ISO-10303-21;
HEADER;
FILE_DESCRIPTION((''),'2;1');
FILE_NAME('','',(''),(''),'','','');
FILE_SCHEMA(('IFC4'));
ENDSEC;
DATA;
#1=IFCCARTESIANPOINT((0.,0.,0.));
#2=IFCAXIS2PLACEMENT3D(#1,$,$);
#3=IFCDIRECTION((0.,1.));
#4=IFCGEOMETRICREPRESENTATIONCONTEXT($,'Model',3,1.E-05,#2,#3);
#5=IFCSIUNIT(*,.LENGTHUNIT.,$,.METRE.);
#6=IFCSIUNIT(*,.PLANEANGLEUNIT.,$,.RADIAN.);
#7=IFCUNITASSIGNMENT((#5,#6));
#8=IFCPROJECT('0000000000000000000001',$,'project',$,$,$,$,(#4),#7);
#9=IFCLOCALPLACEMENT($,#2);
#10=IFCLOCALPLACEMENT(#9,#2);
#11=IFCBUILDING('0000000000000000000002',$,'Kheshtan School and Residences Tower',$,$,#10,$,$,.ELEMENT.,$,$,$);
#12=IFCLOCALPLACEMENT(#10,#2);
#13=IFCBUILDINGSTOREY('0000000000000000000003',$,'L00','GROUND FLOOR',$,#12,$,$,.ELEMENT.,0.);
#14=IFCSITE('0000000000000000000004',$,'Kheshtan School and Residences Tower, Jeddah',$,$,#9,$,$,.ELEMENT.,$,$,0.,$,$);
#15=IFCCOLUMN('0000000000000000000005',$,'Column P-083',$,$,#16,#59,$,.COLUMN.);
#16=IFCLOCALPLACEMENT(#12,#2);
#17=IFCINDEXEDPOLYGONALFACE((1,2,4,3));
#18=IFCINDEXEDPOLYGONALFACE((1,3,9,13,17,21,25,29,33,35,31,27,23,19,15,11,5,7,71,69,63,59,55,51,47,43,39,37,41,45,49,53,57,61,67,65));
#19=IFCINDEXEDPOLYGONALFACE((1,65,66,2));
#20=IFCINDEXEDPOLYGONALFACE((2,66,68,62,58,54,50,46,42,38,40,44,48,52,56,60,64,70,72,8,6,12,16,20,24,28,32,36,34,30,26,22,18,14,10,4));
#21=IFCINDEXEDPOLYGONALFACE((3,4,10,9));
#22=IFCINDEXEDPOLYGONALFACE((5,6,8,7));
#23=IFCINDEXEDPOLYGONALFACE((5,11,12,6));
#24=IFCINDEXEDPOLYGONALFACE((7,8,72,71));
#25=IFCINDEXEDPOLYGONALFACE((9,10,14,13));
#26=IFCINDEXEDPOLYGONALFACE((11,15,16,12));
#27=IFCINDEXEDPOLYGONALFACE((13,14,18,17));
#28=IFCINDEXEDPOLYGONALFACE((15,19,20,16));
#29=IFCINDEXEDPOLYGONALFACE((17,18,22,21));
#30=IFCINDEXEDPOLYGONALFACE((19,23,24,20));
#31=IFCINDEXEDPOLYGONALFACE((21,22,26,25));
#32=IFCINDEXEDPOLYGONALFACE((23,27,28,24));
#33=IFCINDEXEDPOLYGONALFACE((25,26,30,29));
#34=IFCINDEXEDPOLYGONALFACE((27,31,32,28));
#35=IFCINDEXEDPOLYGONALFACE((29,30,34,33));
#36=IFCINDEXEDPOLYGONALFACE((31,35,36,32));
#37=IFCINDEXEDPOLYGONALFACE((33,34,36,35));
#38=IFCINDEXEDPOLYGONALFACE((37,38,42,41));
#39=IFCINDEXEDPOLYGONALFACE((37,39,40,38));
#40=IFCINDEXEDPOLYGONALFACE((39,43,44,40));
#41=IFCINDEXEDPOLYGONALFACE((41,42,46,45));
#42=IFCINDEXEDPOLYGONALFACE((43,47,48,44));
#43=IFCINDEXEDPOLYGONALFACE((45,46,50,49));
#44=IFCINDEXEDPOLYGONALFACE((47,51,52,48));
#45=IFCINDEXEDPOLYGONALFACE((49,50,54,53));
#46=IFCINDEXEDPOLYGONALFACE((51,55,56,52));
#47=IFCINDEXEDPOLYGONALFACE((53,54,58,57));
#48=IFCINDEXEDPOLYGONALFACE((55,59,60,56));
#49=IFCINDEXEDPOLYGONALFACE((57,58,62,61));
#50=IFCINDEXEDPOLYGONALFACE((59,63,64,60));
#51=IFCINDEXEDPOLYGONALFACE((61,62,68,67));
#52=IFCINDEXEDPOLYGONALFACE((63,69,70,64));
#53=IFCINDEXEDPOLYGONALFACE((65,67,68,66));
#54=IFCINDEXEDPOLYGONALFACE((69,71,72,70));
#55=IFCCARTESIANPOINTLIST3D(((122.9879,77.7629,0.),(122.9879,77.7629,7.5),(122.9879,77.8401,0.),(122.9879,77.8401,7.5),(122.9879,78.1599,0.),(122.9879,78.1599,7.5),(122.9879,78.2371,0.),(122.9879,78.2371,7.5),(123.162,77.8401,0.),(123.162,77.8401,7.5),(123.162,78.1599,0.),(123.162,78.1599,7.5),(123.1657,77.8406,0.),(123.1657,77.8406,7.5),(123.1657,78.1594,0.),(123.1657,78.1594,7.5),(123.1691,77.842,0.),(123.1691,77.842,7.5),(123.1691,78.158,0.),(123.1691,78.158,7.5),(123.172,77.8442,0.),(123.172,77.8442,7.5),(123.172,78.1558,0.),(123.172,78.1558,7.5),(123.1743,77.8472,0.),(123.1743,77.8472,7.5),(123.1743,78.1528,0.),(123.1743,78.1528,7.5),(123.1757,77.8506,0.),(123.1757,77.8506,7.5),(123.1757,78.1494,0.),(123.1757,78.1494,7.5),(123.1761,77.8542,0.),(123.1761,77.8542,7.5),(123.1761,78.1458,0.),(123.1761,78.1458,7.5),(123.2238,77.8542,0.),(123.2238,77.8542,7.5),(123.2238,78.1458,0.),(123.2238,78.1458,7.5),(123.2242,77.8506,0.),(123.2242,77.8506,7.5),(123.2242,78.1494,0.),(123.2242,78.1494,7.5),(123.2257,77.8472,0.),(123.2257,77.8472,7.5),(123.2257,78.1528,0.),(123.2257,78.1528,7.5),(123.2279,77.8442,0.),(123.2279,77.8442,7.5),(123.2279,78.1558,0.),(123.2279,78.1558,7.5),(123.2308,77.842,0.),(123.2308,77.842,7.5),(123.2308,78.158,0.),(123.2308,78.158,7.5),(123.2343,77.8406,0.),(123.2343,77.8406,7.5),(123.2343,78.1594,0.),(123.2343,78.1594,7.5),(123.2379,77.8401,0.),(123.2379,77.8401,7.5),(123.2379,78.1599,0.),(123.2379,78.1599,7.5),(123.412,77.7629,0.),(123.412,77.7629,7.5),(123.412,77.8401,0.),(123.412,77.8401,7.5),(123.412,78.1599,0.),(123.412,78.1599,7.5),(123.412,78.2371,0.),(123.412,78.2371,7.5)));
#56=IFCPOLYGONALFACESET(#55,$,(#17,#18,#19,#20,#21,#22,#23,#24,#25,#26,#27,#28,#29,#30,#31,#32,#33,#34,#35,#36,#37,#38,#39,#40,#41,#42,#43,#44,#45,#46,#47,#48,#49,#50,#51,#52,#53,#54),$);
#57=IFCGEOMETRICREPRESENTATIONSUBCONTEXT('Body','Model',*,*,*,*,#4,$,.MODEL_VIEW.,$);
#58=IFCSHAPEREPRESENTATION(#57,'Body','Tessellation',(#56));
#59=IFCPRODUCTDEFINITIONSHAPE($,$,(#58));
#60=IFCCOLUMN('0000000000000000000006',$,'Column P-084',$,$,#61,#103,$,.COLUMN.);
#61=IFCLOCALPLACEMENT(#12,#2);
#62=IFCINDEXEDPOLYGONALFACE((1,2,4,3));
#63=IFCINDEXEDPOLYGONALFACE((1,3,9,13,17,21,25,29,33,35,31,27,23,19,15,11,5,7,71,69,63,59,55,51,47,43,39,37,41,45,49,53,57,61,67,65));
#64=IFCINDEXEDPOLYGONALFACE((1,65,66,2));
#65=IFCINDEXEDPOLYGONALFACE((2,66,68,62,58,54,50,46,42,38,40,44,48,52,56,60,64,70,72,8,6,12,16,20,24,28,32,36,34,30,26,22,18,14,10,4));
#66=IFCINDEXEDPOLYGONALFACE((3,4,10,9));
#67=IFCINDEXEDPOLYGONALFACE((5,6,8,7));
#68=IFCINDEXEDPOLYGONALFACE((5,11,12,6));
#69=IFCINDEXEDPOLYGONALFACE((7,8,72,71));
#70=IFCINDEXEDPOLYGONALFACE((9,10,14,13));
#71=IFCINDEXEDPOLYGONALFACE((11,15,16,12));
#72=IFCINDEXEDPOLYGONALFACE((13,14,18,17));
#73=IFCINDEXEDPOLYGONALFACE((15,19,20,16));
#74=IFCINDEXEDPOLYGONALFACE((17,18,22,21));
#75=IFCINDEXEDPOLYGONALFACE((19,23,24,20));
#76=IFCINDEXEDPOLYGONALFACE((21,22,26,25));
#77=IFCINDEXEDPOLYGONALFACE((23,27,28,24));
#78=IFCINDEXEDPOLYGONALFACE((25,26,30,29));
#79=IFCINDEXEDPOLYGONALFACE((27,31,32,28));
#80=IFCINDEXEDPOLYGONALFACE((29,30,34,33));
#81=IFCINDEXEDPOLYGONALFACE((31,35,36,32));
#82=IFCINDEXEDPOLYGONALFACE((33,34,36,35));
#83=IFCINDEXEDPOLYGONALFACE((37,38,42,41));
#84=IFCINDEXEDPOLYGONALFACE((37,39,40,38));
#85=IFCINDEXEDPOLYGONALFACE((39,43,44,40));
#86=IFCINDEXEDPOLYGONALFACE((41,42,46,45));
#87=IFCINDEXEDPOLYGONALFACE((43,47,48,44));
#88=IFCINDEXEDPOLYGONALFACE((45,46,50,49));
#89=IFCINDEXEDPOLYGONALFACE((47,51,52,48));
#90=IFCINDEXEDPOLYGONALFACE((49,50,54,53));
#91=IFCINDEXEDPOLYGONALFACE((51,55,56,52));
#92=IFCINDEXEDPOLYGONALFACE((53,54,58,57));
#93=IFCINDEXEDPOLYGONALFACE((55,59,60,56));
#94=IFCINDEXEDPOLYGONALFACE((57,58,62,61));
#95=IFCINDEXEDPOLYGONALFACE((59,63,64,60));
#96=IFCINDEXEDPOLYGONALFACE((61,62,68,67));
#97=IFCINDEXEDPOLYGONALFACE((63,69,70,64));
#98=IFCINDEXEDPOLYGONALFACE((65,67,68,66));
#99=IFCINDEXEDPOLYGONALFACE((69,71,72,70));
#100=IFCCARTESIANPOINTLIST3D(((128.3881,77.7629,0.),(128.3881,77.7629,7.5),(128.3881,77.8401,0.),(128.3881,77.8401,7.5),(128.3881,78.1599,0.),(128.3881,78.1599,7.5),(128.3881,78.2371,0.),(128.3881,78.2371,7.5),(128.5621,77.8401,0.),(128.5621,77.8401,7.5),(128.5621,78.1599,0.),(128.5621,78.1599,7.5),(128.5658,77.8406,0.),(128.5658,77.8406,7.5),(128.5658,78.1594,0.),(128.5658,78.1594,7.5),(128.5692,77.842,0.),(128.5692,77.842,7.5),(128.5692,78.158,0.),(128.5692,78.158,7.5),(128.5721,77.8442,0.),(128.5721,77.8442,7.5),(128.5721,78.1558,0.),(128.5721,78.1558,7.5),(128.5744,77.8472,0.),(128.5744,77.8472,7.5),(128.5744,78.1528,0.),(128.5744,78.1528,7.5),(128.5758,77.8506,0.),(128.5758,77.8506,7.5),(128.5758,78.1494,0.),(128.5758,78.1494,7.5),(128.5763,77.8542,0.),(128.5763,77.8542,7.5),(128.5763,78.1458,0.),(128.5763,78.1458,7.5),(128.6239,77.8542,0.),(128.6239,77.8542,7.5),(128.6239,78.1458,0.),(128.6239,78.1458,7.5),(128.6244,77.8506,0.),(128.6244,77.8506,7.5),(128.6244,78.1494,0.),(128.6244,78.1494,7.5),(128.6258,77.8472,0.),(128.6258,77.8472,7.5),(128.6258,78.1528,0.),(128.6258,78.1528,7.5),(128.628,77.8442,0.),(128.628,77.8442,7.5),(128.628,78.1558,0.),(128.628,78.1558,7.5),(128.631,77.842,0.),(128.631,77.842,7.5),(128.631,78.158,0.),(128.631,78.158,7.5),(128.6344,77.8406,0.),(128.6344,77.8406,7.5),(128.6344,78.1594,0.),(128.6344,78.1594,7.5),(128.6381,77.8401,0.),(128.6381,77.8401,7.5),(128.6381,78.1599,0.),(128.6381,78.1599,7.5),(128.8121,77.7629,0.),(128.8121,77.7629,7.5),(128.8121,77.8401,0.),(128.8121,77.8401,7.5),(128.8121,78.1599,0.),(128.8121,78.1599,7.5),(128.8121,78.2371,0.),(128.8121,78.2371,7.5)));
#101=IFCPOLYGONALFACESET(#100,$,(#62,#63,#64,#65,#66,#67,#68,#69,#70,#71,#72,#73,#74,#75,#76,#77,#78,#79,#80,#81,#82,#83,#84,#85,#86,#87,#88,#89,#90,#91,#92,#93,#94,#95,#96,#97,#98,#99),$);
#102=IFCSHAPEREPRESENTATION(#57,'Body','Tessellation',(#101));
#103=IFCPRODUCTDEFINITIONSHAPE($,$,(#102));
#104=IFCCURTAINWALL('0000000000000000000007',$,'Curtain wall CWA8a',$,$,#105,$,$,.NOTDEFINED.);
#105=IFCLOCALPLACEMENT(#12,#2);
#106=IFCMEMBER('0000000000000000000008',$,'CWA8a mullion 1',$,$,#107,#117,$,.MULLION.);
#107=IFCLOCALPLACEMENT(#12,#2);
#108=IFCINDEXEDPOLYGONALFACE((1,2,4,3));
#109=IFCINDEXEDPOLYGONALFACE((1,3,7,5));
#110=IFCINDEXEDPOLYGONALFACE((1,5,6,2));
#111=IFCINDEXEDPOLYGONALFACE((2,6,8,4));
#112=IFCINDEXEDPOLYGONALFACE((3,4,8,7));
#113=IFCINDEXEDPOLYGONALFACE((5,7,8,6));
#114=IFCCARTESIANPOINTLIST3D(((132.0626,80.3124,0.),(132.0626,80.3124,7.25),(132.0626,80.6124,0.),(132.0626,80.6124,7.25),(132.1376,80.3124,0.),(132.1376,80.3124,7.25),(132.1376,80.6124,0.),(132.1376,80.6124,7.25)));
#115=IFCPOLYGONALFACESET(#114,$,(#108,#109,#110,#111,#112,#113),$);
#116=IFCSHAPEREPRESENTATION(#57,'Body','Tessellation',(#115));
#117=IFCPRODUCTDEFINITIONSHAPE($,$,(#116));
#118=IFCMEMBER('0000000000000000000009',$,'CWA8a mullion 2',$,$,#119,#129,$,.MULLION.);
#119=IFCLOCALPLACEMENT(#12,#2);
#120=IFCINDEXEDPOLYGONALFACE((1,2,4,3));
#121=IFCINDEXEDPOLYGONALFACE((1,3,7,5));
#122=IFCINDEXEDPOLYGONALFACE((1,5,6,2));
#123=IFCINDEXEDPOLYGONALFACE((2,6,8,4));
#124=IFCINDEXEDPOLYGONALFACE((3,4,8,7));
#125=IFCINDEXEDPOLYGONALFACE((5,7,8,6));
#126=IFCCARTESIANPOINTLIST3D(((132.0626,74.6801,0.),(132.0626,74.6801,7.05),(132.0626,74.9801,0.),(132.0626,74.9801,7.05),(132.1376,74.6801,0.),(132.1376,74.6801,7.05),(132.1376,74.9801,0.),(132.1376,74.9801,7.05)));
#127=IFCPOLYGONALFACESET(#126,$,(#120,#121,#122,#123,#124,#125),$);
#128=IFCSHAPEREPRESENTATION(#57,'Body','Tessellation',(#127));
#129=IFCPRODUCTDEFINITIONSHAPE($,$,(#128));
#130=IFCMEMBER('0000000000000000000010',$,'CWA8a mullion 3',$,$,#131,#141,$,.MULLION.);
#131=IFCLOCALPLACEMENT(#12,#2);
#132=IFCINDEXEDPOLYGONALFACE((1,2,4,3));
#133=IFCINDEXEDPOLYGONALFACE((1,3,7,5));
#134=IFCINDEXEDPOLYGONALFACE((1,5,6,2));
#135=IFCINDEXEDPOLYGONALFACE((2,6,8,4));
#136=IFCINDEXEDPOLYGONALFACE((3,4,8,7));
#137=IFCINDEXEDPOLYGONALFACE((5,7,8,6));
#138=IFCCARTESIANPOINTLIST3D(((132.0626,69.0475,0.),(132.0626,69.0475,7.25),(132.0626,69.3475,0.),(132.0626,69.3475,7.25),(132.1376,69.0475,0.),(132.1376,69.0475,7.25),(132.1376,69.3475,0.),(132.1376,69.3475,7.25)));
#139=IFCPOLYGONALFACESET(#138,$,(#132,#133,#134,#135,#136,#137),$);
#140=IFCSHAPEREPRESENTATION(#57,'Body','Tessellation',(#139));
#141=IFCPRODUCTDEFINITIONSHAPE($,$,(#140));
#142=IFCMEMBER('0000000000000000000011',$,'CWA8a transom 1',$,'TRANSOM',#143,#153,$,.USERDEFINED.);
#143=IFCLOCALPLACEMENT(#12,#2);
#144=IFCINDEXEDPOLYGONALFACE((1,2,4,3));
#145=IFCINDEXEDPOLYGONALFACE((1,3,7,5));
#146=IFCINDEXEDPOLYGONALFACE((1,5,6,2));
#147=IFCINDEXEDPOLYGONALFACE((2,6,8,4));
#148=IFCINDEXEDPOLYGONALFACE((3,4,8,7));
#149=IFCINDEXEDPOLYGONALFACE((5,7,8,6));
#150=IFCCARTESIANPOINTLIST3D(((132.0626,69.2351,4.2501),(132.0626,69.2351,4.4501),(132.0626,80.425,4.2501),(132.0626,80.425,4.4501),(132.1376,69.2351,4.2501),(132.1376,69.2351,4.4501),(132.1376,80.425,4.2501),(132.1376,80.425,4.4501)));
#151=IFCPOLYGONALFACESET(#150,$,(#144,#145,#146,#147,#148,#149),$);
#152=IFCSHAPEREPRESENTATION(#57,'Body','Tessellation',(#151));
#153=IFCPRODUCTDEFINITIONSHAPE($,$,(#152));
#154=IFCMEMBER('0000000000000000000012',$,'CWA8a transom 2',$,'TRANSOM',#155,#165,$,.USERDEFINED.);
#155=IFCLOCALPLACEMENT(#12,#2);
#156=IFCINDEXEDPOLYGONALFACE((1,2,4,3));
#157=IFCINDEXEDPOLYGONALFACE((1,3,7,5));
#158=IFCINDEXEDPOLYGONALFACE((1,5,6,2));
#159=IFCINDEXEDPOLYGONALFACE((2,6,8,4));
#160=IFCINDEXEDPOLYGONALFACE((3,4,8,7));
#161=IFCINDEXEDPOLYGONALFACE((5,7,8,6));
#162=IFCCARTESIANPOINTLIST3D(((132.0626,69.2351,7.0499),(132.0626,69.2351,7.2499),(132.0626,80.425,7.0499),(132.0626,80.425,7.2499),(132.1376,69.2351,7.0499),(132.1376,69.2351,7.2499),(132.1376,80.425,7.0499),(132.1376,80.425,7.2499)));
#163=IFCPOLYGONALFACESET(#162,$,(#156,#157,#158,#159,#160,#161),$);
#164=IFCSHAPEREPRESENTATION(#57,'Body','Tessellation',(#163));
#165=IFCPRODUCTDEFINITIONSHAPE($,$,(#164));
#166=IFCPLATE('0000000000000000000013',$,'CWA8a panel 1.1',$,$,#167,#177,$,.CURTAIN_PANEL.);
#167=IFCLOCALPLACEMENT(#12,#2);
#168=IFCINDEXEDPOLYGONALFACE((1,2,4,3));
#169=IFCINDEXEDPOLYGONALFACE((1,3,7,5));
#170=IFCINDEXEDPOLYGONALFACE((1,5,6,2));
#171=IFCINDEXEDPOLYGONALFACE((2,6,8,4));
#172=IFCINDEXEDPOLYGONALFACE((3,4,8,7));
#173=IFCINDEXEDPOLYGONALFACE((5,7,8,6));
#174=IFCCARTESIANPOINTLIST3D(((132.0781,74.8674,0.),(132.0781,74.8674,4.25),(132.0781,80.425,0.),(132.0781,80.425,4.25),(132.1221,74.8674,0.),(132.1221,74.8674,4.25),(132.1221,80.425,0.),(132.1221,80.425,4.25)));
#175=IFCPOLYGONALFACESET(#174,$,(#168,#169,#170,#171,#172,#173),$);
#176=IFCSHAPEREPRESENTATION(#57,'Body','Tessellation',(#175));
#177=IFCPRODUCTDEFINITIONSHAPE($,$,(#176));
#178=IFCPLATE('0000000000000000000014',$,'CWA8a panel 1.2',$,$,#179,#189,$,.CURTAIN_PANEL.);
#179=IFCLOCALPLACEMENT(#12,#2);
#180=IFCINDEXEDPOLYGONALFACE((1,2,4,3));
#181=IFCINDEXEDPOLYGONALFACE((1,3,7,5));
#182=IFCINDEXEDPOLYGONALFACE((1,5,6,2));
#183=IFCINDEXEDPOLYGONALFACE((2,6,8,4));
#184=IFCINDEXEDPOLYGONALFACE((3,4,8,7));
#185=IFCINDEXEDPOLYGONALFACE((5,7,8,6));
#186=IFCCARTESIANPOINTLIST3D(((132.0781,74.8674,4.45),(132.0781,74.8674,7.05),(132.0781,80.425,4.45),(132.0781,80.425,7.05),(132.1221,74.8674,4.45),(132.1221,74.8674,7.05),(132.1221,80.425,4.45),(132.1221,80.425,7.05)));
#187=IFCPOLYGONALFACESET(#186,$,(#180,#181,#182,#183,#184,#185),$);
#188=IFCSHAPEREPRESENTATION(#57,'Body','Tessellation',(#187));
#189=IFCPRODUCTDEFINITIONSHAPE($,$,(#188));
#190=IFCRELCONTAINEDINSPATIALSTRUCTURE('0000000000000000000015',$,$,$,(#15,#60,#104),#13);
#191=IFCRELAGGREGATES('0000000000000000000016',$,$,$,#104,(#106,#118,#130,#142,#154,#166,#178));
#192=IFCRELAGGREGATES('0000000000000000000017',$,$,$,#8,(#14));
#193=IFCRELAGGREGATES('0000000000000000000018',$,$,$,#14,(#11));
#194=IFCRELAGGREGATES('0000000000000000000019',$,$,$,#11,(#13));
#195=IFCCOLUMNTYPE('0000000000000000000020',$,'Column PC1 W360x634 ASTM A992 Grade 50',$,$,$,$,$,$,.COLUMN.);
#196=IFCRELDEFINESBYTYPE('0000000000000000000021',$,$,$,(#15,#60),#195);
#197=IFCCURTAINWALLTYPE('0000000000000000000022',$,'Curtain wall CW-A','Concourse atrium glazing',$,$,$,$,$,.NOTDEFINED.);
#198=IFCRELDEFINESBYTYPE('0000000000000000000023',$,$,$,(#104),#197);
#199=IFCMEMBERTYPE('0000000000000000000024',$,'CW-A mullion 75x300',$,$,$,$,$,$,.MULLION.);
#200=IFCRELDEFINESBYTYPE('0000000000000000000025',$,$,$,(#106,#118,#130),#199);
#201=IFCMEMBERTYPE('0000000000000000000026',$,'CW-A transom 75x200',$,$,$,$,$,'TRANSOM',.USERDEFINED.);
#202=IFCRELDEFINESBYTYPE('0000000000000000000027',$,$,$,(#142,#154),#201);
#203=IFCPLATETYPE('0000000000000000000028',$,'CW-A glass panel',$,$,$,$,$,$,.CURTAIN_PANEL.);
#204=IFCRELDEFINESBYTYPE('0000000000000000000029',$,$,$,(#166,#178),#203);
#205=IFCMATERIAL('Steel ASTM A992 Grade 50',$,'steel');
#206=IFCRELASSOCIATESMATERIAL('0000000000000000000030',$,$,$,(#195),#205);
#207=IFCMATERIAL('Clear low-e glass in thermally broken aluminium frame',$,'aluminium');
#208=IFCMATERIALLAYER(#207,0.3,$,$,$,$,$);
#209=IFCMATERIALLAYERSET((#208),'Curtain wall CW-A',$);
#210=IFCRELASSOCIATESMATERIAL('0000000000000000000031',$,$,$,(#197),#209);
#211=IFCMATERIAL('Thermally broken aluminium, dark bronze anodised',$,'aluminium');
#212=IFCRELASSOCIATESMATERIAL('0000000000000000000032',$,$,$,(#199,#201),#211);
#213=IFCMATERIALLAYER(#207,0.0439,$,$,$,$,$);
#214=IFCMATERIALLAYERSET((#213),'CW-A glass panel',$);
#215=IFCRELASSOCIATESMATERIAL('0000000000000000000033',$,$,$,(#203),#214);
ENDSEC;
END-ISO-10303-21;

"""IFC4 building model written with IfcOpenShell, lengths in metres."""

from ifc_helpers import new_model, si_unit, direction, frame, origin, origin_2d, place, context, subcontext, project, spatial, rectangle, i_section, extrude, material, layer, layer_set, material_profile, profile_set, type_object, element, aggregate, save


model = new_model("IFC4")

# Units and contexts
model_context = context("Model", 3, precision=1e-05, world=origin(), true_north=direction((0.0, 1.0)))
body_context = subcontext(model_context, "Body", "Model", "MODEL_VIEW")
ifc_project = project(units=[si_unit("LENGTHUNIT", "METRE"), si_unit("PLANEANGLEUNIT", "RADIAN")], contexts=[model_context])

# Site, building, storey
site_placement = place(None, origin())
site = spatial("IfcSite", under=ifc_project, at=site_placement, Name="Kheshtan School and Residences Tower, Jeddah", CompositionType="ELEMENT", RefElevation=0.0)
building_placement = place(site_placement, origin())
building = spatial("IfcBuilding", under=site, at=building_placement, Name="Kheshtan School and Residences Tower", CompositionType="ELEMENT")
storey_placement = place(building_placement, origin())
storey = spatial("IfcBuildingStorey", under=building, at=storey_placement, Name="L00", Description="GROUND FLOOR", CompositionType="ELEMENT", Elevation=0.0)

# Columns
ifc_material_1 = material(Name="Steel ASTM A992 Grade 50", Category="steel")
ifc_material_profile_1 = material_profile(ifc_material_1, i_section(OverallWidth=0.4241, OverallDepth=0.4741, WebThickness=0.0476, FlangeThickness=0.0771, FilletRadius=0.0142, at=origin_2d()), Name="W360x634")
ifc_profile_set_1 = profile_set([ifc_material_profile_1], Name="Steel ASTM A992 Grade 50")
column_type = type_object("IfcColumnType", Name="Column PC1 W360x634 ASTM A992 Grade 50", PredefinedType="COLUMN", material=ifc_profile_set_1)
for number, where, z_axis, x_axis, name in (
    (1, (123.2, 78.0, 0.0), (0.0, 0.0, 1.0), (1.0, 0.0, 0.0), "Column P-083"),
    (2, (128.6001, 78.0, 0.0), (0.0, 0.0, 1.0), (1.0, 0.0, 0.0), "Column P-084"),
):
    element("IfcColumn", number, at=place(storey_placement, frame(where, z_axis=z_axis, x_axis=x_axis)), inside=storey, type_object=column_type, Name=name, PredefinedType="COLUMN", context=body_context, shape_type="SweptSolid", body=[
        extrude(i_section(OverallWidth=0.4241, OverallDepth=0.4741, WebThickness=0.0476, FlangeThickness=0.0771, FilletRadius=0.0142, at=origin_2d()), origin(), (0.0, 0.0, 1.0), 7.5),
    ])

# Curtain wall, members, plates
ifc_material_2 = material(Name="Clear low-e glass in thermally broken aluminium frame", Category="aluminium")
ifc_layer_1 = layer(ifc_material_2, 0.3)
ifc_layer_set_1 = layer_set([ifc_layer_1], Name="Curtain wall CW-A")
curtain_wall_type = type_object("IfcCurtainWallType", Name="Curtain wall CW-A", Description="Concourse atrium glazing", PredefinedType="NOTDEFINED", material=ifc_layer_set_1)
curtain_wall_placement = place(storey_placement, origin())
curtain_wall = element("IfcCurtainWall", 3, at=curtain_wall_placement, inside=storey, type_object=curtain_wall_type, Name="Curtain wall CWA8a", PredefinedType="NOTDEFINED")
ifc_material_3 = material(Name="Thermally broken aluminium, dark bronze anodised", Category="aluminium")
ifc_material_profile_2 = material_profile(ifc_material_3, rectangle(XDim=0.075, YDim=0.3, at=origin_2d()), Name="CW-A mullion 75x300")
ifc_profile_set_2 = profile_set([ifc_material_profile_2], Name="Thermally broken aluminium, dark bronze anodised")
member_type_1 = type_object("IfcMemberType", Name="CW-A mullion 75x300", PredefinedType="MULLION", material=ifc_profile_set_2)
member_1_placement = place(storey_placement, frame((132.1001, 80.4624, 0.0), z_axis=(0.0, 0.0, 1.0), x_axis=(1.0, 0.0, 0.0)))
member_1 = element("IfcMember", 4, at=member_1_placement, type_object=member_type_1, Name="CWA8a mullion 1", PredefinedType="MULLION", context=body_context, shape_type="SweptSolid", body=[
    extrude(rectangle(XDim=0.075, YDim=0.3, at=origin_2d()), origin(), (0.0, 0.0, 1.0), 7.25),
])
member_2_placement = place(storey_placement, frame((132.1001, 74.8301, 0.0), z_axis=(0.0, 0.0, 1.0), x_axis=(1.0, 0.0, 0.0)))
member_2 = element("IfcMember", 5, at=member_2_placement, type_object=member_type_1, Name="CWA8a mullion 2", PredefinedType="MULLION", context=body_context, shape_type="SweptSolid", body=[
    extrude(rectangle(XDim=0.075, YDim=0.3, at=origin_2d()), origin(), (0.0, 0.0, 1.0), 7.05),
])
member_3_placement = place(storey_placement, frame((132.1001, 69.1975, 0.0), z_axis=(0.0, 0.0, 1.0), x_axis=(1.0, 0.0, 0.0)))
member_3 = element("IfcMember", 6, at=member_3_placement, type_object=member_type_1, Name="CWA8a mullion 3", PredefinedType="MULLION", context=body_context, shape_type="SweptSolid", body=[
    extrude(rectangle(XDim=0.075, YDim=0.3, at=origin_2d()), origin(), (0.0, 0.0, 1.0), 7.25),
])
ifc_material_profile_3 = material_profile(ifc_material_3, rectangle(XDim=0.075, YDim=0.2, at=origin_2d()), Name="CW-A transom 75x200")
ifc_profile_set_3 = profile_set([ifc_material_profile_3], Name="Thermally broken aluminium, dark bronze anodised")
member_type_2 = type_object("IfcMemberType", Name="CW-A transom 75x200", ElementType="TRANSOM", PredefinedType="USERDEFINED", material=ifc_profile_set_3)
member_4_placement = place(storey_placement, frame((132.1001, 80.425, 4.3501), z_axis=(0.0, -1.0, 0.0), x_axis=(1.0, 0.0, 0.0)))
member_4 = element("IfcMember", 7, at=member_4_placement, type_object=member_type_2, Name="CWA8a transom 1", ObjectType="TRANSOM", PredefinedType="USERDEFINED", context=body_context, shape_type="SweptSolid", body=[
    extrude(rectangle(XDim=0.075, YDim=0.2, at=origin_2d()), origin(), (0.0, 0.0, 1.0), 11.1899),
])
member_5_placement = place(storey_placement, frame((132.1001, 80.425, 7.1499), z_axis=(0.0, -1.0, 0.0), x_axis=(1.0, 0.0, 0.0)))
member_5 = element("IfcMember", 8, at=member_5_placement, type_object=member_type_2, Name="CWA8a transom 2", ObjectType="TRANSOM", PredefinedType="USERDEFINED", context=body_context, shape_type="SweptSolid", body=[
    extrude(rectangle(XDim=0.075, YDim=0.2, at=origin_2d()), origin(), (0.0, 0.0, 1.0), 11.1899),
])
ifc_layer_2 = layer(ifc_material_2, 0.0439)
ifc_layer_set_2 = layer_set([ifc_layer_2], Name="CW-A glass panel")
plate_type = type_object("IfcPlateType", Name="CW-A glass panel", PredefinedType="CURTAIN_PANEL", material=ifc_layer_set_2)
plate_1_placement = place(storey_placement, frame((132.1001, 77.6462, 0.0), z_axis=(0.0, 0.0, 1.0), x_axis=(0.0, -1.0, 0.0)))
plate_1 = element("IfcPlate", 9, at=plate_1_placement, type_object=plate_type, Name="CWA8a panel 1.1", PredefinedType="CURTAIN_PANEL", context=body_context, shape_type="SweptSolid", body=[
    extrude(rectangle(XDim=5.5576, YDim=0.0439, at=origin_2d()), origin(), (0.0, 0.0, 1.0), 4.25),
])
plate_2_placement = place(storey_placement, frame((132.1001, 77.6462, 4.45), z_axis=(0.0, 0.0, 1.0), x_axis=(0.0, -1.0, 0.0)))
plate_2 = element("IfcPlate", 10, at=plate_2_placement, type_object=plate_type, Name="CWA8a panel 1.2", PredefinedType="CURTAIN_PANEL", context=body_context, shape_type="SweptSolid", body=[
    extrude(rectangle(XDim=5.5576, YDim=0.0439, at=origin_2d()), origin(), (0.0, 0.0, 1.0), 2.6001),
])
aggregate(curtain_wall, [member_1, member_2, member_3, member_4, member_5, plate_1, plate_2])

save(model, "model.ifc")
